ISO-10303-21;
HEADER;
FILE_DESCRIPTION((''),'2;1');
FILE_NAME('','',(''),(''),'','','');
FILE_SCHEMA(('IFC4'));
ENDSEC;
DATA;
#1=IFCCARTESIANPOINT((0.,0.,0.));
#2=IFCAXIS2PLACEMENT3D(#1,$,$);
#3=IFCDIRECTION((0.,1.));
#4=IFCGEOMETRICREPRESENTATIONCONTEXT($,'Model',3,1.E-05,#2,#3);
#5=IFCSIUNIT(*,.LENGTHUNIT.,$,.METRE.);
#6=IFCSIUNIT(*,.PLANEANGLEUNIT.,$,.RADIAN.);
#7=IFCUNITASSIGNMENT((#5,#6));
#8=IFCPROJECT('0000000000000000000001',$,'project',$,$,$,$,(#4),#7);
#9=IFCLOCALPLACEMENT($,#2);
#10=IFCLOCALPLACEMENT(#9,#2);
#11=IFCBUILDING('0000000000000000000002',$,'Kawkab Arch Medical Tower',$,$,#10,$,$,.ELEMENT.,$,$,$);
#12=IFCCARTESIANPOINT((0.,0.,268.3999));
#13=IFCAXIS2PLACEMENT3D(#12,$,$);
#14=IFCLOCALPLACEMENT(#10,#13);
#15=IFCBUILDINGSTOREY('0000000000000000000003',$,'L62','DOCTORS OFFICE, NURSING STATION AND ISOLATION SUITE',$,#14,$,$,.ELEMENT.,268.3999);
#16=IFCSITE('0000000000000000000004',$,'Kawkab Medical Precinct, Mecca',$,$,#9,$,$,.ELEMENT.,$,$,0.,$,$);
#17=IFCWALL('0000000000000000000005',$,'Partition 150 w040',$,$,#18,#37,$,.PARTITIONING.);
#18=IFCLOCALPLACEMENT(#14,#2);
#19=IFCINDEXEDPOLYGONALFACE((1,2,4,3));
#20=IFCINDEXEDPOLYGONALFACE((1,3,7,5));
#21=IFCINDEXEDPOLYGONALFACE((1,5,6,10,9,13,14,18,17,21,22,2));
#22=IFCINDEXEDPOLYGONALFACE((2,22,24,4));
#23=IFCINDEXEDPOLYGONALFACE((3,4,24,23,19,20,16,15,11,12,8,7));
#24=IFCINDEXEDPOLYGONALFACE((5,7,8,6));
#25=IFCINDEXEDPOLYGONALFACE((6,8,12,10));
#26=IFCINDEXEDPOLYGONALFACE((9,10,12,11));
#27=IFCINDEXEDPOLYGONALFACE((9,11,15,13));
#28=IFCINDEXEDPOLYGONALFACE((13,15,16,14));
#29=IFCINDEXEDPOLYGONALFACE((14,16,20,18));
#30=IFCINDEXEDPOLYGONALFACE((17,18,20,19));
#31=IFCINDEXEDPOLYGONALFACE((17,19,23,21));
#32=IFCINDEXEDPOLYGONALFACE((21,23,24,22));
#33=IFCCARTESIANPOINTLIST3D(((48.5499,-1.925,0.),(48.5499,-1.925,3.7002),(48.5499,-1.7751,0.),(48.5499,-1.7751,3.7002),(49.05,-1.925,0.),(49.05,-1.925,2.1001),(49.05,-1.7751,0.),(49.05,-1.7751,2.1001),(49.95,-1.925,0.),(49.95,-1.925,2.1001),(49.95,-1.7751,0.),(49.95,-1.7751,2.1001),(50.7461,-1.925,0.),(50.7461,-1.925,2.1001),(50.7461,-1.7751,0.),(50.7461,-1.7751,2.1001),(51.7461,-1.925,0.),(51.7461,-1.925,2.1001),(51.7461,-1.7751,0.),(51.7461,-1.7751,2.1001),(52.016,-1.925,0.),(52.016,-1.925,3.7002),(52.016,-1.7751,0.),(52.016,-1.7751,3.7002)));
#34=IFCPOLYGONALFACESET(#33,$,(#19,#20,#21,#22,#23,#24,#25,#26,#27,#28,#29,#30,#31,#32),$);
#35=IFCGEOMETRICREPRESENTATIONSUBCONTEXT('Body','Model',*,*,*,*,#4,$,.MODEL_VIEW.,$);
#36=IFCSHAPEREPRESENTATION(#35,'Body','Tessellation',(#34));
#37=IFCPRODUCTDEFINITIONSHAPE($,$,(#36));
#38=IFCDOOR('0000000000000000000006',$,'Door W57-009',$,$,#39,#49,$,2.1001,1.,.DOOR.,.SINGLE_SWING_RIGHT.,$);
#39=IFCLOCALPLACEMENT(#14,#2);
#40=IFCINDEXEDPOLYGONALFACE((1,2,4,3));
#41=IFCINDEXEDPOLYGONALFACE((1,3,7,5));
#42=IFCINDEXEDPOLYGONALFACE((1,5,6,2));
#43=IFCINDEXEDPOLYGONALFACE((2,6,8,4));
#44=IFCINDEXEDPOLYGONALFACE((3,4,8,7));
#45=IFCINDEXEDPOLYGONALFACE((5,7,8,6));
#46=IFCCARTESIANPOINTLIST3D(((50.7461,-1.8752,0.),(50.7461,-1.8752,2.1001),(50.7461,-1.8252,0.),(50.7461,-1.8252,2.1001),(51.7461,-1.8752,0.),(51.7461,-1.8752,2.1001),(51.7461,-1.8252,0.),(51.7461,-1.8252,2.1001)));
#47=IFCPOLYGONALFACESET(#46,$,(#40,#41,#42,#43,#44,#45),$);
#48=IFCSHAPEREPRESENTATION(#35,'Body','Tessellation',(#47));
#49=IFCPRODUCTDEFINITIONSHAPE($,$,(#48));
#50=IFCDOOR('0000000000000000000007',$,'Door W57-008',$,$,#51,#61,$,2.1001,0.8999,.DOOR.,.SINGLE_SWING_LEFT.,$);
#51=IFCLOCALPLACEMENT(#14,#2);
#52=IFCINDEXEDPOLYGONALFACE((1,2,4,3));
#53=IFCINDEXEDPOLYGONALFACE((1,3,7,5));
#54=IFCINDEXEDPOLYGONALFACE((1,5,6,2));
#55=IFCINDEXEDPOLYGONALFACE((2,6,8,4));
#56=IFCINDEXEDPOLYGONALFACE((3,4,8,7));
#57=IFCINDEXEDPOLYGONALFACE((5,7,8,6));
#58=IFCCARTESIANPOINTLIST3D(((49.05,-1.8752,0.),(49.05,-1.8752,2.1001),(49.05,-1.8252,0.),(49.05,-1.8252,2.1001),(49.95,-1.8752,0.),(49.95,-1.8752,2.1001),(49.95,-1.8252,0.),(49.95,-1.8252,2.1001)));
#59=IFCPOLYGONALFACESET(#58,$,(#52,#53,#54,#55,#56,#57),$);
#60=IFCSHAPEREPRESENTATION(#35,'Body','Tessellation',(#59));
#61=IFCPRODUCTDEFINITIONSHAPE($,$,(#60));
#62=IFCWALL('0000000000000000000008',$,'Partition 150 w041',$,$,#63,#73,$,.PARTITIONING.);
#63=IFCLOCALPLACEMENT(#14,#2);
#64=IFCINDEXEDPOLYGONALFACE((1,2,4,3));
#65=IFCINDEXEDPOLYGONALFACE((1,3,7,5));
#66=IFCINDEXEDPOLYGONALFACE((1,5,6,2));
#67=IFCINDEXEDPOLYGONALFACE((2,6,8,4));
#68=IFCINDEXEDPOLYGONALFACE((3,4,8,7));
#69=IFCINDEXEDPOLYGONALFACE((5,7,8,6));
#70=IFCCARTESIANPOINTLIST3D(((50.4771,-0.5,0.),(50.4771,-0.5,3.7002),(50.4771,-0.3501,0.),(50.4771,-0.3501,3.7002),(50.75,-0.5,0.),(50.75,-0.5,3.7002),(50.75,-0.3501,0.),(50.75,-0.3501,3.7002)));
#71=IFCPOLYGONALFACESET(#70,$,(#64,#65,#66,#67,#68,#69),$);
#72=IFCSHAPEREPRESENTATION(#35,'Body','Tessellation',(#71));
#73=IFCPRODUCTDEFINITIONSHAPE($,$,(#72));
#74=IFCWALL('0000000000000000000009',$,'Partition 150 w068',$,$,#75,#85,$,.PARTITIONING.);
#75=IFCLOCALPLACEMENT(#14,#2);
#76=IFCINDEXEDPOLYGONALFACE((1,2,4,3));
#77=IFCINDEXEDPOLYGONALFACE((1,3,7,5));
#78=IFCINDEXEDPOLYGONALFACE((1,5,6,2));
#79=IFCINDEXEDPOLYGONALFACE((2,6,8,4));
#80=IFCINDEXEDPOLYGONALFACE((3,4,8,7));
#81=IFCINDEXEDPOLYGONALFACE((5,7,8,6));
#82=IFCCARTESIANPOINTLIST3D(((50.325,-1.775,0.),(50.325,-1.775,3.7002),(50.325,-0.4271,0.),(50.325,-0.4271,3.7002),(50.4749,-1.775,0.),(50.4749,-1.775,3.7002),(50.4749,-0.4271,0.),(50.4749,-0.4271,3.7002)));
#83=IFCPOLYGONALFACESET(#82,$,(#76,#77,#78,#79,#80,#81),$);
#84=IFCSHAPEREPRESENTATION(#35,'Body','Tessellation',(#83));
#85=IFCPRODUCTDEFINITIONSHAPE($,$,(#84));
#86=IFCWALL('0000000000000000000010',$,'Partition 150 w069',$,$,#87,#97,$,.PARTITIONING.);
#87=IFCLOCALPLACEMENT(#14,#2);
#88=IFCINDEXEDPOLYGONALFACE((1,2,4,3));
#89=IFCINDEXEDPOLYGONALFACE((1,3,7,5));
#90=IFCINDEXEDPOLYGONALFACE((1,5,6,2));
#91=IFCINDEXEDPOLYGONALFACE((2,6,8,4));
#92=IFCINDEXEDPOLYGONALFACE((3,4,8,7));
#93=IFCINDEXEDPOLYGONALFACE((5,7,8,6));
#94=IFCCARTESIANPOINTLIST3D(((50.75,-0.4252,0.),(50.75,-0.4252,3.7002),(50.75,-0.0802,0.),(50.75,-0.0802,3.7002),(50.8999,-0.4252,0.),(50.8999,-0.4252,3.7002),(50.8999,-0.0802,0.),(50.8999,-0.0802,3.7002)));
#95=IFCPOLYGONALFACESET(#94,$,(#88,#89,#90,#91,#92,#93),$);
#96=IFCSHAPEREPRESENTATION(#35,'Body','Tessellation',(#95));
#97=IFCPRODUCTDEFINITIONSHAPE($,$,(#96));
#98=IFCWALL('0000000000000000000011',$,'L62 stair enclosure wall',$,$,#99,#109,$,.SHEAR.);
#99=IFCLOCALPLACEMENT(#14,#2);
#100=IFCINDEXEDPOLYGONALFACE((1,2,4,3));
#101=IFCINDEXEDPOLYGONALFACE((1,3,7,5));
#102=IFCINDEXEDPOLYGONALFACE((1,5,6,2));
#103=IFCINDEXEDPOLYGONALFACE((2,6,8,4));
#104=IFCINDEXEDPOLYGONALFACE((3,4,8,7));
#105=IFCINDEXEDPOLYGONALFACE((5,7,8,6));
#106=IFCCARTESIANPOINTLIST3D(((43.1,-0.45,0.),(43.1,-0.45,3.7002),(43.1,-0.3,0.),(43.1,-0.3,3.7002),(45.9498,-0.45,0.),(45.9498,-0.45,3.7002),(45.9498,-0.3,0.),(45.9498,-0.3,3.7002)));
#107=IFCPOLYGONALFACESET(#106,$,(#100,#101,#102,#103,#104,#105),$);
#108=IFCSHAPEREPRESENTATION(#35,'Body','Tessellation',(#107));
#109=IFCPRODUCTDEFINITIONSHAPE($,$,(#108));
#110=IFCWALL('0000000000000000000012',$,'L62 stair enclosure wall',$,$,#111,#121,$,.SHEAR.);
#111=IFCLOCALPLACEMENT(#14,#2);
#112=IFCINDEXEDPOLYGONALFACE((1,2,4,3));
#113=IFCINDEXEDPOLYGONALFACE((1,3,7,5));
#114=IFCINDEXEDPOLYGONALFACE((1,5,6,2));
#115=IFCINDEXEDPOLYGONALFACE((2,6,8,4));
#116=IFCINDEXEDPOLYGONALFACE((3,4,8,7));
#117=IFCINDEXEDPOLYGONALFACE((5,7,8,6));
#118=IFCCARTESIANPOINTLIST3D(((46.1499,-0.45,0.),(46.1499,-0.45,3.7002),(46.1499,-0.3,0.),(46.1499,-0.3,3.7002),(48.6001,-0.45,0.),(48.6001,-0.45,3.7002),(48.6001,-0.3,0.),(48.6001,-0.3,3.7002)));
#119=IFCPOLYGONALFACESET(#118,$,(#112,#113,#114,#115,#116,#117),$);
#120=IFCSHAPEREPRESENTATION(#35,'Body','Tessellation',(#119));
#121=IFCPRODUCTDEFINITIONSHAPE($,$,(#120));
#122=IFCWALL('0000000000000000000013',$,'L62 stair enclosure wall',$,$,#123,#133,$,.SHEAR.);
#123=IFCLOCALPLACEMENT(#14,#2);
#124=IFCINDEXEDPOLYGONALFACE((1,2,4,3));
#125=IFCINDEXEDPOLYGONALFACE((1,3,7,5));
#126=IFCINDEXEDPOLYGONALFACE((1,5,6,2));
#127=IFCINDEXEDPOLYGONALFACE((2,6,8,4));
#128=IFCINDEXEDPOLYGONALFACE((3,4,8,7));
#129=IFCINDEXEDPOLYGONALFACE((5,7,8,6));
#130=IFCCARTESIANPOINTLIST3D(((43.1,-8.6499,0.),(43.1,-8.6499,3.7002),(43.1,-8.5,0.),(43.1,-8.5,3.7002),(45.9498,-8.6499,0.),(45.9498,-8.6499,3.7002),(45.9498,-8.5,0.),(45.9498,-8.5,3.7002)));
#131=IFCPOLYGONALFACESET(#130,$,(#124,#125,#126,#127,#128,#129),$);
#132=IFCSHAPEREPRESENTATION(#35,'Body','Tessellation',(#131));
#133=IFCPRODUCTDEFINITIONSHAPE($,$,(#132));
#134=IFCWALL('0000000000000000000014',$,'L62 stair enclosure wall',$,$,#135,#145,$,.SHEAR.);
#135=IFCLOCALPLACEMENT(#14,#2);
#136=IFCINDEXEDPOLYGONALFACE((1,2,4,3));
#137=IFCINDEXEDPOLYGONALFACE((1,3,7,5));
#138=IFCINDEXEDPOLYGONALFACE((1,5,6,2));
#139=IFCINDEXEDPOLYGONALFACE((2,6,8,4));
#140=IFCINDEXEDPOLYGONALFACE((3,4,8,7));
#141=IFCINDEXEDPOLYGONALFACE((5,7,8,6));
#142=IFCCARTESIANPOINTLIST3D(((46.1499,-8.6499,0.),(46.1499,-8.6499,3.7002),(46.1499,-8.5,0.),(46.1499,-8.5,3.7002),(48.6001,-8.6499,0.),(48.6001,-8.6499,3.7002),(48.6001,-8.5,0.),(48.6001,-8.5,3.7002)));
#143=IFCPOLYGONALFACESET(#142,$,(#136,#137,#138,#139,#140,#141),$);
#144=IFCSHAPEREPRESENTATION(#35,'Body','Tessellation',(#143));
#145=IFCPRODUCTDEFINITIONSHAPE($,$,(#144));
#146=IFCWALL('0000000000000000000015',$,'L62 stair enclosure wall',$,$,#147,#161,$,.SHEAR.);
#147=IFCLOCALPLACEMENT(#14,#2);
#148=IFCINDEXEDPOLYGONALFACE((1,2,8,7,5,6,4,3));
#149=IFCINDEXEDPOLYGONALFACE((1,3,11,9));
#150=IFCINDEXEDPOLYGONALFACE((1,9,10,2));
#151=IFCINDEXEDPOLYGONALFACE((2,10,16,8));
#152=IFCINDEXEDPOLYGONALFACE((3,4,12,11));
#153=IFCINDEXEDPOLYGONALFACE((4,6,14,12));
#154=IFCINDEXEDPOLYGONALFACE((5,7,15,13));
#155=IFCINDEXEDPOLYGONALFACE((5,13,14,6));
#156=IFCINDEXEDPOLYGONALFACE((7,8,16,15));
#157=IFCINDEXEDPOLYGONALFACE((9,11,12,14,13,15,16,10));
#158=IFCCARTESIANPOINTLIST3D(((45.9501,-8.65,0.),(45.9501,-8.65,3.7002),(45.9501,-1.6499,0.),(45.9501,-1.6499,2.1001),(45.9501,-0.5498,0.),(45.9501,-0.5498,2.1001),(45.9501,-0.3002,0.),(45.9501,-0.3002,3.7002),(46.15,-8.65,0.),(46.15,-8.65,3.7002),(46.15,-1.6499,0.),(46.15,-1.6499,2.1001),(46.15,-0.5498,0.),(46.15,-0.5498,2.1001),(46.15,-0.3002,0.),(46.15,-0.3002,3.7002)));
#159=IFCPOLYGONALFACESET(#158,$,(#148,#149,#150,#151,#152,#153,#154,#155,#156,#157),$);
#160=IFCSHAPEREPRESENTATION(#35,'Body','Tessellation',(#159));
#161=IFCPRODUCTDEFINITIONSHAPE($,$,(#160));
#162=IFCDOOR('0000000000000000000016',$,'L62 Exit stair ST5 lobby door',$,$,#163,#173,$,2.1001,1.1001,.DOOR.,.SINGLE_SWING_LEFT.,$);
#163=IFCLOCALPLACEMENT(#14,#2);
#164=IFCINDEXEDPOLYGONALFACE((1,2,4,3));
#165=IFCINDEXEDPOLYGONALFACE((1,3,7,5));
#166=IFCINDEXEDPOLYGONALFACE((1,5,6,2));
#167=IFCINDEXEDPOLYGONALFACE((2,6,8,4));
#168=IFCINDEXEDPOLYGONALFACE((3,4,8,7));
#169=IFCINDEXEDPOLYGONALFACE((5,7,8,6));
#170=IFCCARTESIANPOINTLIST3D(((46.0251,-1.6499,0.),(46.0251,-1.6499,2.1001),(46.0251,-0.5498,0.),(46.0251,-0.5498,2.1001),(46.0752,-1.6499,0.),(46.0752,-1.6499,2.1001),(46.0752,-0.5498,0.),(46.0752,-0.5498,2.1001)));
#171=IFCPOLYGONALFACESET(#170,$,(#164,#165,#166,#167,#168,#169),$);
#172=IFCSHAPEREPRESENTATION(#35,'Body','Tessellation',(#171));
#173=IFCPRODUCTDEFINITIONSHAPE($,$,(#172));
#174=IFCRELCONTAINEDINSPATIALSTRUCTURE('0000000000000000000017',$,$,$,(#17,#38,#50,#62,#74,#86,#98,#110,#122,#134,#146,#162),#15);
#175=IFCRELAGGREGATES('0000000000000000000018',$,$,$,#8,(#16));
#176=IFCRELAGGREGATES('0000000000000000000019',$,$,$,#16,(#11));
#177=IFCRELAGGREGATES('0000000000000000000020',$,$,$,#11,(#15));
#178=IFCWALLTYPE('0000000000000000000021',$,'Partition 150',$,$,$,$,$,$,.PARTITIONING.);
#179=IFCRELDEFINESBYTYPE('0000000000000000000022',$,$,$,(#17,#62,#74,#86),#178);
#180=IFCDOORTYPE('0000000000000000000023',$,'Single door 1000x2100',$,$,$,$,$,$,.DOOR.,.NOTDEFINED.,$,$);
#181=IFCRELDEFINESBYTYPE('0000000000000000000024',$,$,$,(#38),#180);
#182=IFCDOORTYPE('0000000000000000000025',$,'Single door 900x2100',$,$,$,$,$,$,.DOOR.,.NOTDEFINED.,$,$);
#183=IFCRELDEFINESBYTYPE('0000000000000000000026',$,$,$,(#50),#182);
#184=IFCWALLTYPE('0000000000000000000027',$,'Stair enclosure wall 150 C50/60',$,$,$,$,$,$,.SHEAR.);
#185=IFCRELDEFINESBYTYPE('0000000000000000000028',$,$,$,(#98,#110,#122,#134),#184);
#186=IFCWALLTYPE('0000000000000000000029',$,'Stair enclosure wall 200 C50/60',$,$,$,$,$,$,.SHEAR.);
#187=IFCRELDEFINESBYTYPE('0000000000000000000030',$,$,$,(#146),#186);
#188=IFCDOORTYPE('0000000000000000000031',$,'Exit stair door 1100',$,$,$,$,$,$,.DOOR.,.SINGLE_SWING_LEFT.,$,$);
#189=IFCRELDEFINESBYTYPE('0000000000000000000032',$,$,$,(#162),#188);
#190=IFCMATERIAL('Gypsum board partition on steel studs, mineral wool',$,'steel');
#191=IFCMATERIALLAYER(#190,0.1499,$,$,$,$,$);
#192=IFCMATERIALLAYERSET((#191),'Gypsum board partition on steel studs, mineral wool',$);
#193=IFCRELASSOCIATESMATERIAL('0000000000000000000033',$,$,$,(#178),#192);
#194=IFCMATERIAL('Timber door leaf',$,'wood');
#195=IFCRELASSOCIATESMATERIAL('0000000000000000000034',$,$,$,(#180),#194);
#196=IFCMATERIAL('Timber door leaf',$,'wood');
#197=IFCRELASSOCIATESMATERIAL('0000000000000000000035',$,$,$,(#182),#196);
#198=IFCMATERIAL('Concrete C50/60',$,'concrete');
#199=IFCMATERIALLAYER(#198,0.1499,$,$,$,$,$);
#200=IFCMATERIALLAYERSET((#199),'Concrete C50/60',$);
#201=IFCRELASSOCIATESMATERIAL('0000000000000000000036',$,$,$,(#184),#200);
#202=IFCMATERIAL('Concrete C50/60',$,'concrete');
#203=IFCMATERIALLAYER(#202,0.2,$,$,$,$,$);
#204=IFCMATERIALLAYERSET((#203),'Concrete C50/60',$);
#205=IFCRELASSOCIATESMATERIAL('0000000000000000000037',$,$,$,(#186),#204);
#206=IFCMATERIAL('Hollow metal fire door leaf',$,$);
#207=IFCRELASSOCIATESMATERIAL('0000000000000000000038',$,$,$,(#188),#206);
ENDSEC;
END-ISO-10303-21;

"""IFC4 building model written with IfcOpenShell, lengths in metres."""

from ifc_helpers import new_model, si_unit, direction, frame, frame_2d, origin, place, context, subcontext, project, spatial, rectangle, extrude, material, layer, layer_set, type_object, element, fill, save


model = new_model("IFC4")

# Units and contexts
model_context = context("Model", 3, precision=1e-05, world=origin(), true_north=direction((0.0, 1.0)))
body_context = subcontext(model_context, "Body", "Model", "MODEL_VIEW")
ifc_project = project(units=[si_unit("LENGTHUNIT", "METRE"), si_unit("PLANEANGLEUNIT", "RADIAN")], contexts=[model_context])

# Site, building, storey
site_placement = place(None, origin())
site = spatial("IfcSite", under=ifc_project, at=site_placement, Name="Kawkab Medical Precinct, Mecca", CompositionType="ELEMENT", RefElevation=0.0)
building_placement = place(site_placement, origin())
building = spatial("IfcBuilding", under=site, at=building_placement, Name="Kawkab Arch Medical Tower", CompositionType="ELEMENT")
storey_placement = place(building_placement, frame((0.0, 0.0, 268.3999)))
storey = spatial("IfcBuildingStorey", under=building, at=storey_placement, Name="L62", Description="DOCTORS OFFICE, NURSING STATION AND ISOLATION SUITE", CompositionType="ELEMENT", Elevation=268.3999)

# Wall, openings, doors
ifc_material_1 = material(Name="Gypsum board partition on steel studs, mineral wool", Category="steel")
ifc_layer_1 = layer(ifc_material_1, 0.1499)
ifc_layer_set_1 = layer_set([ifc_layer_1], Name="Gypsum board partition on steel studs, mineral wool")
wall_type_1 = type_object("IfcWallType", Name="Partition 150", PredefinedType="PARTITIONING", material=ifc_layer_set_1)
wall_1_placement = place(storey_placement, frame((48.55, -1.8501, 0.0), z_axis=(0.0, 0.0, 1.0), x_axis=(1.0, 0.0, 0.0)))
wall_1 = element("IfcWall", 1, at=wall_1_placement, inside=storey, type_object=wall_type_1, Name="Partition 150 w040", PredefinedType="PARTITIONING", context=body_context, shape_type="SweptSolid", body=[
    extrude(rectangle(XDim=3.4661, YDim=0.1499, at=frame_2d((1.7329, 0.0))), origin(), (0.0, 0.0, 1.0), 3.7002),
])
opening_1_placement = place(wall_1_placement, frame((0.5, 0.0, 0.0)))
opening_1 = element("IfcOpeningElement", 2, at=opening_1_placement, cuts=wall_1, PredefinedType="OPENING", context=body_context, shape_type="SweptSolid", body=[
    extrude(rectangle(XDim=0.8999, YDim=2.1001, at=frame_2d((0.45, 1.05))), frame((0.0, 0.085, 0.0), z_axis=(0.0, -1.0, 0.0), x_axis=(1.0, 0.0, 0.0)), (0.0, 0.0, 1.0), 0.1699),
])
opening_2_placement = place(wall_1_placement, frame((2.196, 0.0, 0.0)))
opening_2 = element("IfcOpeningElement", 3, at=opening_2_placement, cuts=wall_1, PredefinedType="OPENING", context=body_context, shape_type="SweptSolid", body=[
    extrude(rectangle(XDim=1.0, YDim=2.1001, at=frame_2d((0.5, 1.05))), frame((0.0, 0.085, 0.0), z_axis=(0.0, -1.0, 0.0), x_axis=(1.0, 0.0, 0.0)), (0.0, 0.0, 1.0), 0.1699),
])
ifc_material_2 = material(Name="Timber door leaf", Category="wood")
door_type_1 = type_object("IfcDoorType", Name="Single door 1000x2100", OperationType="NOTDEFINED", PredefinedType="DOOR", material=ifc_material_2)
door_1_placement = place(opening_2_placement, origin())
door_1 = element("IfcDoor", 4, at=door_1_placement, inside=storey, type_object=door_type_1, Name="Door W57-009", OperationType="SINGLE_SWING_RIGHT", OverallHeight=2.1001, OverallWidth=1.0, PredefinedType="DOOR", context=body_context, shape_type="SweptSolid", body=[
    extrude(rectangle(XDim=1.0, YDim=2.1001, at=frame_2d((0.5, 1.05))), frame((0.0, 0.0249, 0.0), z_axis=(0.0, -1.0, 0.0), x_axis=(1.0, 0.0, 0.0)), (0.0, 0.0, 1.0), 0.05),
])
fill(opening_2, door_1)
ifc_material_3 = material(Name="Timber door leaf", Category="wood")
door_type_2 = type_object("IfcDoorType", Name="Single door 900x2100", OperationType="NOTDEFINED", PredefinedType="DOOR", material=ifc_material_3)
door_2_placement = place(opening_1_placement, origin())
door_2 = element("IfcDoor", 5, at=door_2_placement, inside=storey, type_object=door_type_2, Name="Door W57-008", OperationType="SINGLE_SWING_LEFT", OverallHeight=2.1001, OverallWidth=0.8999, PredefinedType="DOOR", context=body_context, shape_type="SweptSolid", body=[
    extrude(rectangle(XDim=0.8999, YDim=2.1001, at=frame_2d((0.45, 1.05))), frame((0.0, 0.0249, 0.0), z_axis=(0.0, -1.0, 0.0), x_axis=(1.0, 0.0, 0.0)), (0.0, 0.0, 1.0), 0.05),
])
fill(opening_1, door_2)

# Walls
wall_2_placement = place(storey_placement, frame((50.4771, -0.425, 0.0), z_axis=(0.0, 0.0, 1.0), x_axis=(1.0, 0.0, 0.0)))
element("IfcWall", 6, at=wall_2_placement, inside=storey, type_object=wall_type_1, Name="Partition 150 w041", PredefinedType="PARTITIONING", context=body_context, shape_type="SweptSolid", body=[
    extrude(rectangle(XDim=0.2729, YDim=0.1499, at=frame_2d((0.1365, 0.0))), origin(), (0.0, 0.0, 1.0), 3.7002),
])
wall_3_placement = place(storey_placement, frame((50.3999, -1.7749, 0.0), z_axis=(0.0, 0.0, 1.0), x_axis=(0.0, 1.0, 0.0)))
element("IfcWall", 7, at=wall_3_placement, inside=storey, type_object=wall_type_1, Name="Partition 150 w068", PredefinedType="PARTITIONING", context=body_context, shape_type="SweptSolid", body=[
    extrude(rectangle(XDim=1.3479, YDim=0.1499, at=frame_2d((0.6738, 0.0))), origin(), (0.0, 0.0, 1.0), 3.7002),
])
wall_4_placement = place(storey_placement, frame((50.825, -0.425, 0.0), z_axis=(0.0, 0.0, 1.0), x_axis=(0.0, 1.0, 0.0)))
element("IfcWall", 8, at=wall_4_placement, inside=storey, type_object=wall_type_1, Name="Partition 150 w069", PredefinedType="PARTITIONING", context=body_context, shape_type="SweptSolid", body=[
    extrude(rectangle(XDim=0.345, YDim=0.1499, at=frame_2d((0.1724, 0.0))), origin(), (0.0, 0.0, 1.0), 3.7002),
])
ifc_material_4 = material(Name="Concrete C50/60", Category="concrete")
ifc_layer_2 = layer(ifc_material_4, 0.1499)
ifc_layer_set_2 = layer_set([ifc_layer_2], Name="Concrete C50/60")
wall_type_2 = type_object("IfcWallType", Name="Stair enclosure wall 150 C50/60", PredefinedType="SHEAR", material=ifc_layer_set_2)
wall_5_placement = place(storey_placement, frame((43.1001, -0.375, 0.0), z_axis=(0.0, 0.0, 1.0), x_axis=(1.0, 0.0, 0.0)))
element("IfcWall", 9, at=wall_5_placement, inside=storey, type_object=wall_type_2, Name="L62 stair enclosure wall", PredefinedType="SHEAR", context=body_context, shape_type="SweptSolid", body=[
    extrude(rectangle(XDim=2.8499, YDim=0.1499, at=frame_2d((1.4248, 0.0))), origin(), (0.0, 0.0, 1.0), 3.7002),
])
wall_6_placement = place(storey_placement, frame((46.1499, -0.375, 0.0), z_axis=(0.0, 0.0, 1.0), x_axis=(1.0, 0.0, 0.0)))
element("IfcWall", 10, at=wall_6_placement, inside=storey, type_object=wall_type_2, Name="L62 stair enclosure wall", PredefinedType="SHEAR", context=body_context, shape_type="SweptSolid", body=[
    extrude(rectangle(XDim=2.4502, YDim=0.1499, at=frame_2d((1.2251, 0.0))), origin(), (0.0, 0.0, 1.0), 3.7002),
])
wall_7_placement = place(storey_placement, frame((43.1001, -8.575, 0.0), z_axis=(0.0, 0.0, 1.0), x_axis=(1.0, 0.0, 0.0)))
element("IfcWall", 11, at=wall_7_placement, inside=storey, type_object=wall_type_2, Name="L62 stair enclosure wall", PredefinedType="SHEAR", context=body_context, shape_type="SweptSolid", body=[
    extrude(rectangle(XDim=2.8499, YDim=0.1499, at=frame_2d((1.4248, 0.0))), origin(), (0.0, 0.0, 1.0), 3.7002),
])
wall_8_placement = place(storey_placement, frame((46.1499, -8.575, 0.0), z_axis=(0.0, 0.0, 1.0), x_axis=(1.0, 0.0, 0.0)))
element("IfcWall", 12, at=wall_8_placement, inside=storey, type_object=wall_type_2, Name="L62 stair enclosure wall", PredefinedType="SHEAR", context=body_context, shape_type="SweptSolid", body=[
    extrude(rectangle(XDim=2.4502, YDim=0.1499, at=frame_2d((1.2251, 0.0))), origin(), (0.0, 0.0, 1.0), 3.7002),
])

# Wall, opening, door
ifc_material_5 = material(Name="Concrete C50/60", Category="concrete")
ifc_layer_3 = layer(ifc_material_5, 0.2)
ifc_layer_set_3 = layer_set([ifc_layer_3], Name="Concrete C50/60")
wall_type_3 = type_object("IfcWallType", Name="Stair enclosure wall 200 C50/60", PredefinedType="SHEAR", material=ifc_layer_set_3)
wall_9_placement = place(storey_placement, frame((46.05, -8.6499, 0.0), z_axis=(0.0, 0.0, 1.0), x_axis=(0.0, 1.0, 0.0)))
wall_9 = element("IfcWall", 13, at=wall_9_placement, inside=storey, type_object=wall_type_3, Name="L62 stair enclosure wall", PredefinedType="SHEAR", context=body_context, shape_type="SweptSolid", body=[
    extrude(rectangle(XDim=8.3499, YDim=0.2, at=frame_2d((4.1748, 0.0))), origin(), (0.0, 0.0, 1.0), 3.7002),
])
opening_3_placement = place(wall_9_placement, frame((7.0, 0.0, 0.0)))
opening_3 = element("IfcOpeningElement", 14, at=opening_3_placement, cuts=wall_9, PredefinedType="OPENING", context=body_context, shape_type="SweptSolid", body=[
    extrude(rectangle(XDim=1.1001, YDim=2.1001, at=frame_2d((0.55, 1.05))), frame((0.0, 0.1099, 0.0), z_axis=(0.0, -1.0, 0.0), x_axis=(1.0, 0.0, 0.0)), (0.0, 0.0, 1.0), 0.22),
])
ifc_material_6 = material(Name="Hollow metal fire door leaf")
door_type_3 = type_object("IfcDoorType", Name="Exit stair door 1100", OperationType="SINGLE_SWING_LEFT", PredefinedType="DOOR", material=ifc_material_6)
door_3_placement = place(opening_3_placement, origin())
door_3 = element("IfcDoor", 15, at=door_3_placement, inside=storey, type_object=door_type_3, Name="L62 Exit stair ST5 lobby door", OperationType="SINGLE_SWING_LEFT", OverallHeight=2.1001, OverallWidth=1.1001, PredefinedType="DOOR", context=body_context, shape_type="SweptSolid", body=[
    extrude(rectangle(XDim=1.1001, YDim=2.1001, at=frame_2d((0.55, 1.05))), frame((0.0, 0.0249, 0.0), z_axis=(0.0, -1.0, 0.0), x_axis=(1.0, 0.0, 0.0)), (0.0, 0.0, 1.0), 0.05),
])
fill(opening_3, door_3)

save(model, "model.ifc")
